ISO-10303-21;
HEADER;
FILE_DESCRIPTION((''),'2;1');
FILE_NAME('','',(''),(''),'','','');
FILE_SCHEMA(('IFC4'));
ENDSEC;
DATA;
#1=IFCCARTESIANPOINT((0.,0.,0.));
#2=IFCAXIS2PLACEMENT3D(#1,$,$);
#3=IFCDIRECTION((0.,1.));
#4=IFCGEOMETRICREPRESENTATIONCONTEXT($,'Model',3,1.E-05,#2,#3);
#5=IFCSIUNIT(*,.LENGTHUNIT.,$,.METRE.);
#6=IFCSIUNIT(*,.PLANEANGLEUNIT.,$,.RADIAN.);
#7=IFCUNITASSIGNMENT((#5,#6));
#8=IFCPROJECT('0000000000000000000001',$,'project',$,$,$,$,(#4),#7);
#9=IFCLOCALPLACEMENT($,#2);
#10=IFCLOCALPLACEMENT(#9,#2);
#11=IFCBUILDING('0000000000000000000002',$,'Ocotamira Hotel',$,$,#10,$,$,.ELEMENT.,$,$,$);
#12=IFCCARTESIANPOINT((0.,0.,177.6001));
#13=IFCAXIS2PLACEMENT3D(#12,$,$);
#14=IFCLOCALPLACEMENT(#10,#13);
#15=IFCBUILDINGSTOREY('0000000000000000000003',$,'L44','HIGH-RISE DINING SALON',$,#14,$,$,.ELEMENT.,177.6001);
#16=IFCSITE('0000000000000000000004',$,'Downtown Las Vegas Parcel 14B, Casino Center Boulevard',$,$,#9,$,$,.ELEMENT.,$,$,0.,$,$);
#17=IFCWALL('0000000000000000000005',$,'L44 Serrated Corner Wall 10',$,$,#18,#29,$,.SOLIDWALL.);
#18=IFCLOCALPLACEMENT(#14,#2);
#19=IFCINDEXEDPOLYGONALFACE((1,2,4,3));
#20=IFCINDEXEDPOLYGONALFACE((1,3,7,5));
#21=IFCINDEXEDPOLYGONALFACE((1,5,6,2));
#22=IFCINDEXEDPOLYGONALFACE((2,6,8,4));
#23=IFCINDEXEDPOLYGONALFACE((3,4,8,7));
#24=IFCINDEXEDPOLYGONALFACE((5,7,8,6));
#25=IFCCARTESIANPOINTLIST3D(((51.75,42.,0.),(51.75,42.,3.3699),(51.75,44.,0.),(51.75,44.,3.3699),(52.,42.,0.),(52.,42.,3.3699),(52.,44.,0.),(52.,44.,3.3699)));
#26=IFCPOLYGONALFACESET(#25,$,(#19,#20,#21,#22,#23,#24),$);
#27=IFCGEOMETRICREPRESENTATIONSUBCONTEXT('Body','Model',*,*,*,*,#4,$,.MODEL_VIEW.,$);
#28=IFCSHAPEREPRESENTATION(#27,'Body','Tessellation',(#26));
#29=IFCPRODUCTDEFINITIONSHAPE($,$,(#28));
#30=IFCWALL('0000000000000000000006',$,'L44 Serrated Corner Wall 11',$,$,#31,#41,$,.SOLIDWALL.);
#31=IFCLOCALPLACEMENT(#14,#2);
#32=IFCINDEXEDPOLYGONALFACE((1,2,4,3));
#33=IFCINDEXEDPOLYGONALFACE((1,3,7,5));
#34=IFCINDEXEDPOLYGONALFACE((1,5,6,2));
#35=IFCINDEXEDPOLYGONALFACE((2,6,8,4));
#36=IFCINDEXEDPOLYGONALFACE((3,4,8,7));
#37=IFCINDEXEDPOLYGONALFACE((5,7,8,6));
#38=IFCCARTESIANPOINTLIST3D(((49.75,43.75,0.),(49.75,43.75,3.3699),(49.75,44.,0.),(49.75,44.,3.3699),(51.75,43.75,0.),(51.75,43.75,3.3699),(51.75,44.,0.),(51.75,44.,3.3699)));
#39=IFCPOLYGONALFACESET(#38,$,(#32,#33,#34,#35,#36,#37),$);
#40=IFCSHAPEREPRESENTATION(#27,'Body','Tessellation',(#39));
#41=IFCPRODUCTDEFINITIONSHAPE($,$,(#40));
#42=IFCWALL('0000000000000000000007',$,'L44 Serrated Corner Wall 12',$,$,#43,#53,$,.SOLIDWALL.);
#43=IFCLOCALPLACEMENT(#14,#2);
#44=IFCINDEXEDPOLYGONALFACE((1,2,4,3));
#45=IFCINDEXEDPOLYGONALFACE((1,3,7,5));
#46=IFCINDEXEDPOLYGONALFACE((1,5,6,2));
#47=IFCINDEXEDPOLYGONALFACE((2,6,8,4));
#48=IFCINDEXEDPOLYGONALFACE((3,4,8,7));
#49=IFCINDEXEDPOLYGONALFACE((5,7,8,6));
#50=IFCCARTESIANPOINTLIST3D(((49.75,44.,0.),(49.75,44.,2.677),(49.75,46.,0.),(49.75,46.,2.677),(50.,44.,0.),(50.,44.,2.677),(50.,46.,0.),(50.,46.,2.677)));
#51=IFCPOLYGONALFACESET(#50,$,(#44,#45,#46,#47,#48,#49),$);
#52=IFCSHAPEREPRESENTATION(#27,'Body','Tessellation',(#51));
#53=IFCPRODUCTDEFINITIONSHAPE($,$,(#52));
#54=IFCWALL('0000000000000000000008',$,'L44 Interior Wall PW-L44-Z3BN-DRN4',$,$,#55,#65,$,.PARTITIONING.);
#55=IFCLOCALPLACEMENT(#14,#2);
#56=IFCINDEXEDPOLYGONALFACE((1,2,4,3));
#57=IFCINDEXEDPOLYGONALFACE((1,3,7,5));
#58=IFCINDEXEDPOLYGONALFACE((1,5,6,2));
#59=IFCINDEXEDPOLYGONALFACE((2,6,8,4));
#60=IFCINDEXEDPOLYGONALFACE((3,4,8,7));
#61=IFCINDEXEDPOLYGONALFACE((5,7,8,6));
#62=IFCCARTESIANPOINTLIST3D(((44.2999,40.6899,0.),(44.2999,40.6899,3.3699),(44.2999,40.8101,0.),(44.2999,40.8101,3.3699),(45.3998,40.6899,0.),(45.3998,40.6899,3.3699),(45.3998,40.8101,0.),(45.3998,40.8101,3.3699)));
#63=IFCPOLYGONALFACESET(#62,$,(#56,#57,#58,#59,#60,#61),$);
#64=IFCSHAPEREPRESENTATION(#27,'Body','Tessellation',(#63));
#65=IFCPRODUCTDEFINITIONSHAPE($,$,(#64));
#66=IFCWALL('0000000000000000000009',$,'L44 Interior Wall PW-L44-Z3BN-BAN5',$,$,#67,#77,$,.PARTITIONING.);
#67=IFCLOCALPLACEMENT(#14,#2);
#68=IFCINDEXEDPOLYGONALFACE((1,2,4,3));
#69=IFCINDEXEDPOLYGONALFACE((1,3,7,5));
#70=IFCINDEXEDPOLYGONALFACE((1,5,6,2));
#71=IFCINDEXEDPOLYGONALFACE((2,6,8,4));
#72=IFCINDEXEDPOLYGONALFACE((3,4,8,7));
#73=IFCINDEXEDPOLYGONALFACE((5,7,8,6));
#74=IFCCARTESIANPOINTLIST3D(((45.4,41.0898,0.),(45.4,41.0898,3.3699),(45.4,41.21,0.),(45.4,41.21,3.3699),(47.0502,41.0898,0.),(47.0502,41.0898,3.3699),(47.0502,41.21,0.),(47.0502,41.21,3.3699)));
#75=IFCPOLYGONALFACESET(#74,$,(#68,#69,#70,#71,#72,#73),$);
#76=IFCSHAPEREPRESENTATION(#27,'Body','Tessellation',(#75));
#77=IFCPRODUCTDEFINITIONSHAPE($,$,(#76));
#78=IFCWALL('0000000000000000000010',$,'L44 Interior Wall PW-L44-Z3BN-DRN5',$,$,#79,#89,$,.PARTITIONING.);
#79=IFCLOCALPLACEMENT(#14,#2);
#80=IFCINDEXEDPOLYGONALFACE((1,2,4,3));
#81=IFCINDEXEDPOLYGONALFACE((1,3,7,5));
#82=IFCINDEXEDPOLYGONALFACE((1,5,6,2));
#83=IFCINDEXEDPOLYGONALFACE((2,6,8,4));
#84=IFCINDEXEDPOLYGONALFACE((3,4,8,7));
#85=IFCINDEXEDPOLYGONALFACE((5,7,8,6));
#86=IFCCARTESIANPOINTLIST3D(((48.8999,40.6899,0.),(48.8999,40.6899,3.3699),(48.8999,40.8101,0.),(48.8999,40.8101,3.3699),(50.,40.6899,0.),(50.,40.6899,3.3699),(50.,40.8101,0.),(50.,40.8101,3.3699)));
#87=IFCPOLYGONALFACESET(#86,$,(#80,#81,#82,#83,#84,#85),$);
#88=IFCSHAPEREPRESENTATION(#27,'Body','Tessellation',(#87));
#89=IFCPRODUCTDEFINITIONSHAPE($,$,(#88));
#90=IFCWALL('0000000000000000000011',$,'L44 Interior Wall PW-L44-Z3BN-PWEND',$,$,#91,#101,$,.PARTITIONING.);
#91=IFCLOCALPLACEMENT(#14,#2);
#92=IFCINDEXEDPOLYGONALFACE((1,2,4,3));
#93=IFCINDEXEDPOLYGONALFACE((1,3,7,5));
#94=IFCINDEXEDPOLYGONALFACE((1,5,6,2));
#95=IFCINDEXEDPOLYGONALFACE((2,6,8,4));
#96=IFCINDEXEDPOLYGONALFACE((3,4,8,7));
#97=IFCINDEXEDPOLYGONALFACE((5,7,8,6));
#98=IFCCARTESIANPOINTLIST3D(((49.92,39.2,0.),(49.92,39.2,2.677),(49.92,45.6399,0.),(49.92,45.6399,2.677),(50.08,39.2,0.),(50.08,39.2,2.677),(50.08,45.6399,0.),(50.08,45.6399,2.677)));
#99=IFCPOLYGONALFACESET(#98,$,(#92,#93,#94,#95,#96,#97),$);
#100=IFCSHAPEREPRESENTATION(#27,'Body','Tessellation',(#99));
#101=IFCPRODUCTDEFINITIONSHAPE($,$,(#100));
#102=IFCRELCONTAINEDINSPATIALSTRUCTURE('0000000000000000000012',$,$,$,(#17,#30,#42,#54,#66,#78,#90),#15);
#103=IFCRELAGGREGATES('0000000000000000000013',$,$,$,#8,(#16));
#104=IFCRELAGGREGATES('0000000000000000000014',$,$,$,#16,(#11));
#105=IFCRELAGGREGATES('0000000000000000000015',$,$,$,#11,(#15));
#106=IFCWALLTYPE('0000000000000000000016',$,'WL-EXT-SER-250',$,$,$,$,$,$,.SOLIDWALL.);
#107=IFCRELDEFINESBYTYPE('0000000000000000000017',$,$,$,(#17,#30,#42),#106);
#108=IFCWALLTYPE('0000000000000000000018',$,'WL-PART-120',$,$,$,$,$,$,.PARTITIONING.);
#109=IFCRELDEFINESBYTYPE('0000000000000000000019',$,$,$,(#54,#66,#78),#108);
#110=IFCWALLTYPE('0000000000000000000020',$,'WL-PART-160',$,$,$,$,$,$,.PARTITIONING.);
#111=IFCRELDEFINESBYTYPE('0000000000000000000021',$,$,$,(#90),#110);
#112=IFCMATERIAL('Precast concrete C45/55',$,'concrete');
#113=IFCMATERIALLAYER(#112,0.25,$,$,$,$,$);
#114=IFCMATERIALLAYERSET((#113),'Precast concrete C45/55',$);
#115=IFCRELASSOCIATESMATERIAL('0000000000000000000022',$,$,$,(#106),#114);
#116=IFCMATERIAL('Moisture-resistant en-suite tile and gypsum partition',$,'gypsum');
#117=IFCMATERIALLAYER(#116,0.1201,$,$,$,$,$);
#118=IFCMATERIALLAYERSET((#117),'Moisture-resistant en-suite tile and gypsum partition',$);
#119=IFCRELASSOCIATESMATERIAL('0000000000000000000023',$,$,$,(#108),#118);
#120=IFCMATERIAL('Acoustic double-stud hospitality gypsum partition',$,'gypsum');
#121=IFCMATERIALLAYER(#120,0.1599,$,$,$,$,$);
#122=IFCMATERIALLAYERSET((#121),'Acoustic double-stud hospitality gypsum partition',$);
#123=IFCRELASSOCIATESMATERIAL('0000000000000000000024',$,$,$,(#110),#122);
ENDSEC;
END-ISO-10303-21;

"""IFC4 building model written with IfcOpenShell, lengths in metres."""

from ifc_helpers import new_model, si_unit, direction, frame, frame_2d, origin, place, context, subcontext, project, spatial, rectangle, extrude, material, layer, layer_set, type_object, element, save


model = new_model("IFC4")

# Units and contexts
model_context = context("Model", 3, precision=1e-05, world=origin(), true_north=direction((0.0, 1.0)))
body_context = subcontext(model_context, "Body", "Model", "MODEL_VIEW")
ifc_project = project(units=[si_unit("LENGTHUNIT", "METRE"), si_unit("PLANEANGLEUNIT", "RADIAN")], contexts=[model_context])

# Site, building, storey
site_placement = place(None, origin())
site = spatial("IfcSite", under=ifc_project, at=site_placement, Name="Downtown Las Vegas Parcel 14B, Casino Center Boulevard", CompositionType="ELEMENT", RefElevation=0.0)
building_placement = place(site_placement, origin())
building = spatial("IfcBuilding", under=site, at=building_placement, Name="Ocotamira Hotel", CompositionType="ELEMENT")
storey_placement = place(building_placement, frame((0.0, 0.0, 177.6001)))
storey = spatial("IfcBuildingStorey", under=building, at=storey_placement, Name="L44", Description="HIGH-RISE DINING SALON", CompositionType="ELEMENT", Elevation=177.6001)

# Walls
ifc_material_1 = material(Name="Precast concrete C45/55", Category="concrete")
ifc_layer_1 = layer(ifc_material_1, 0.25)
ifc_layer_set_1 = layer_set([ifc_layer_1], Name="Precast concrete C45/55")
wall_type_1 = type_object("IfcWallType", Name="WL-EXT-SER-250", PredefinedType="SOLIDWALL", material=ifc_layer_set_1)
for number, where, z_axis, x_axis, name in (
    (1, (51.875, 42.0, 0.0), (0.0, 0.0, 1.0), (0.0, 1.0, 0.0), "L44 Serrated Corner Wall 10"),
    (2, (51.75, 43.875, 0.0), (0.0, 0.0, 1.0), (-1.0, 0.0, 0.0), "L44 Serrated Corner Wall 11"),
):
    element("IfcWall", number, at=place(storey_placement, frame(where, z_axis=z_axis, x_axis=x_axis)), inside=storey, type_object=wall_type_1, Name=name, PredefinedType="SOLIDWALL", context=body_context, shape_type="SweptSolid", body=[
        extrude(rectangle(XDim=2.0, YDim=0.25, at=frame_2d((1.0, 0.0))), origin(), (0.0, 0.0, 1.0), 3.3699),
    ])
wall_1_placement = place(storey_placement, frame((49.875, 44.0, 0.0), z_axis=(0.0, 0.0, 1.0), x_axis=(0.0, 1.0, 0.0)))
element("IfcWall", 3, at=wall_1_placement, inside=storey, type_object=wall_type_1, Name="L44 Serrated Corner Wall 12", PredefinedType="SOLIDWALL", context=body_context, shape_type="SweptSolid", body=[
    extrude(rectangle(XDim=2.0, YDim=0.25, at=frame_2d((1.0, 0.0))), origin(), (0.0, 0.0, 1.0), 2.677),
])

# Walls
ifc_material_2 = material(Name="Moisture-resistant en-suite tile and gypsum partition", Category="gypsum")
ifc_layer_2 = layer(ifc_material_2, 0.1201)
ifc_layer_set_2 = layer_set([ifc_layer_2], Name="Moisture-resistant en-suite tile and gypsum partition")
wall_type_2 = type_object("IfcWallType", Name="WL-PART-120", PredefinedType="PARTITIONING", material=ifc_layer_set_2)
wall_2_placement = place(storey_placement, frame((44.3, 40.75, 0.0), z_axis=(0.0, 0.0, 1.0), x_axis=(1.0, 0.0, 0.0)))
element("IfcWall", 4, at=wall_2_placement, inside=storey, type_object=wall_type_2, Name="L44 Interior Wall PW-L44-Z3BN-DRN4", PredefinedType="PARTITIONING", context=body_context, shape_type="SweptSolid", body=[
    extrude(rectangle(XDim=1.0999, YDim=0.1201, at=frame_2d((0.5498, 0.0))), origin(), (0.0, 0.0, 1.0), 3.3699),
])
wall_3_placement = place(storey_placement, frame((45.3999, 41.1499, 0.0), z_axis=(0.0, 0.0, 1.0), x_axis=(1.0, 0.0, 0.0)))
element("IfcWall", 5, at=wall_3_placement, inside=storey, type_object=wall_type_2, Name="L44 Interior Wall PW-L44-Z3BN-BAN5", PredefinedType="PARTITIONING", context=body_context, shape_type="SweptSolid", body=[
    extrude(rectangle(XDim=1.6501, YDim=0.1201, at=frame_2d((0.8252, 0.0))), origin(), (0.0, 0.0, 1.0), 3.3699),
])
wall_4_placement = place(storey_placement, frame((48.8999, 40.75, 0.0), z_axis=(0.0, 0.0, 1.0), x_axis=(1.0, 0.0, 0.0)))
element("IfcWall", 6, at=wall_4_placement, inside=storey, type_object=wall_type_2, Name="L44 Interior Wall PW-L44-Z3BN-DRN5", PredefinedType="PARTITIONING", context=body_context, shape_type="SweptSolid", body=[
    extrude(rectangle(XDim=1.1001, YDim=0.1201, at=frame_2d((0.55, 0.0))), origin(), (0.0, 0.0, 1.0), 3.3699),
])
ifc_material_3 = material(Name="Acoustic double-stud hospitality gypsum partition", Category="gypsum")
ifc_layer_3 = layer(ifc_material_3, 0.1599)
ifc_layer_set_3 = layer_set([ifc_layer_3], Name="Acoustic double-stud hospitality gypsum partition")
wall_type_3 = type_object("IfcWallType", Name="WL-PART-160", PredefinedType="PARTITIONING", material=ifc_layer_set_3)
wall_5_placement = place(storey_placement, frame((50.0, 39.2, 0.0), z_axis=(0.0, 0.0, 1.0), x_axis=(0.0, 1.0, 0.0)))
element("IfcWall", 7, at=wall_5_placement, inside=storey, type_object=wall_type_3, Name="L44 Interior Wall PW-L44-Z3BN-PWEND", PredefinedType="PARTITIONING", context=body_context, shape_type="SweptSolid", body=[
    extrude(rectangle(XDim=6.4399, YDim=0.1599, at=frame_2d((3.22, 0.0))), origin(), (0.0, 0.0, 1.0), 2.677),
])

save(model, "model.ifc")
